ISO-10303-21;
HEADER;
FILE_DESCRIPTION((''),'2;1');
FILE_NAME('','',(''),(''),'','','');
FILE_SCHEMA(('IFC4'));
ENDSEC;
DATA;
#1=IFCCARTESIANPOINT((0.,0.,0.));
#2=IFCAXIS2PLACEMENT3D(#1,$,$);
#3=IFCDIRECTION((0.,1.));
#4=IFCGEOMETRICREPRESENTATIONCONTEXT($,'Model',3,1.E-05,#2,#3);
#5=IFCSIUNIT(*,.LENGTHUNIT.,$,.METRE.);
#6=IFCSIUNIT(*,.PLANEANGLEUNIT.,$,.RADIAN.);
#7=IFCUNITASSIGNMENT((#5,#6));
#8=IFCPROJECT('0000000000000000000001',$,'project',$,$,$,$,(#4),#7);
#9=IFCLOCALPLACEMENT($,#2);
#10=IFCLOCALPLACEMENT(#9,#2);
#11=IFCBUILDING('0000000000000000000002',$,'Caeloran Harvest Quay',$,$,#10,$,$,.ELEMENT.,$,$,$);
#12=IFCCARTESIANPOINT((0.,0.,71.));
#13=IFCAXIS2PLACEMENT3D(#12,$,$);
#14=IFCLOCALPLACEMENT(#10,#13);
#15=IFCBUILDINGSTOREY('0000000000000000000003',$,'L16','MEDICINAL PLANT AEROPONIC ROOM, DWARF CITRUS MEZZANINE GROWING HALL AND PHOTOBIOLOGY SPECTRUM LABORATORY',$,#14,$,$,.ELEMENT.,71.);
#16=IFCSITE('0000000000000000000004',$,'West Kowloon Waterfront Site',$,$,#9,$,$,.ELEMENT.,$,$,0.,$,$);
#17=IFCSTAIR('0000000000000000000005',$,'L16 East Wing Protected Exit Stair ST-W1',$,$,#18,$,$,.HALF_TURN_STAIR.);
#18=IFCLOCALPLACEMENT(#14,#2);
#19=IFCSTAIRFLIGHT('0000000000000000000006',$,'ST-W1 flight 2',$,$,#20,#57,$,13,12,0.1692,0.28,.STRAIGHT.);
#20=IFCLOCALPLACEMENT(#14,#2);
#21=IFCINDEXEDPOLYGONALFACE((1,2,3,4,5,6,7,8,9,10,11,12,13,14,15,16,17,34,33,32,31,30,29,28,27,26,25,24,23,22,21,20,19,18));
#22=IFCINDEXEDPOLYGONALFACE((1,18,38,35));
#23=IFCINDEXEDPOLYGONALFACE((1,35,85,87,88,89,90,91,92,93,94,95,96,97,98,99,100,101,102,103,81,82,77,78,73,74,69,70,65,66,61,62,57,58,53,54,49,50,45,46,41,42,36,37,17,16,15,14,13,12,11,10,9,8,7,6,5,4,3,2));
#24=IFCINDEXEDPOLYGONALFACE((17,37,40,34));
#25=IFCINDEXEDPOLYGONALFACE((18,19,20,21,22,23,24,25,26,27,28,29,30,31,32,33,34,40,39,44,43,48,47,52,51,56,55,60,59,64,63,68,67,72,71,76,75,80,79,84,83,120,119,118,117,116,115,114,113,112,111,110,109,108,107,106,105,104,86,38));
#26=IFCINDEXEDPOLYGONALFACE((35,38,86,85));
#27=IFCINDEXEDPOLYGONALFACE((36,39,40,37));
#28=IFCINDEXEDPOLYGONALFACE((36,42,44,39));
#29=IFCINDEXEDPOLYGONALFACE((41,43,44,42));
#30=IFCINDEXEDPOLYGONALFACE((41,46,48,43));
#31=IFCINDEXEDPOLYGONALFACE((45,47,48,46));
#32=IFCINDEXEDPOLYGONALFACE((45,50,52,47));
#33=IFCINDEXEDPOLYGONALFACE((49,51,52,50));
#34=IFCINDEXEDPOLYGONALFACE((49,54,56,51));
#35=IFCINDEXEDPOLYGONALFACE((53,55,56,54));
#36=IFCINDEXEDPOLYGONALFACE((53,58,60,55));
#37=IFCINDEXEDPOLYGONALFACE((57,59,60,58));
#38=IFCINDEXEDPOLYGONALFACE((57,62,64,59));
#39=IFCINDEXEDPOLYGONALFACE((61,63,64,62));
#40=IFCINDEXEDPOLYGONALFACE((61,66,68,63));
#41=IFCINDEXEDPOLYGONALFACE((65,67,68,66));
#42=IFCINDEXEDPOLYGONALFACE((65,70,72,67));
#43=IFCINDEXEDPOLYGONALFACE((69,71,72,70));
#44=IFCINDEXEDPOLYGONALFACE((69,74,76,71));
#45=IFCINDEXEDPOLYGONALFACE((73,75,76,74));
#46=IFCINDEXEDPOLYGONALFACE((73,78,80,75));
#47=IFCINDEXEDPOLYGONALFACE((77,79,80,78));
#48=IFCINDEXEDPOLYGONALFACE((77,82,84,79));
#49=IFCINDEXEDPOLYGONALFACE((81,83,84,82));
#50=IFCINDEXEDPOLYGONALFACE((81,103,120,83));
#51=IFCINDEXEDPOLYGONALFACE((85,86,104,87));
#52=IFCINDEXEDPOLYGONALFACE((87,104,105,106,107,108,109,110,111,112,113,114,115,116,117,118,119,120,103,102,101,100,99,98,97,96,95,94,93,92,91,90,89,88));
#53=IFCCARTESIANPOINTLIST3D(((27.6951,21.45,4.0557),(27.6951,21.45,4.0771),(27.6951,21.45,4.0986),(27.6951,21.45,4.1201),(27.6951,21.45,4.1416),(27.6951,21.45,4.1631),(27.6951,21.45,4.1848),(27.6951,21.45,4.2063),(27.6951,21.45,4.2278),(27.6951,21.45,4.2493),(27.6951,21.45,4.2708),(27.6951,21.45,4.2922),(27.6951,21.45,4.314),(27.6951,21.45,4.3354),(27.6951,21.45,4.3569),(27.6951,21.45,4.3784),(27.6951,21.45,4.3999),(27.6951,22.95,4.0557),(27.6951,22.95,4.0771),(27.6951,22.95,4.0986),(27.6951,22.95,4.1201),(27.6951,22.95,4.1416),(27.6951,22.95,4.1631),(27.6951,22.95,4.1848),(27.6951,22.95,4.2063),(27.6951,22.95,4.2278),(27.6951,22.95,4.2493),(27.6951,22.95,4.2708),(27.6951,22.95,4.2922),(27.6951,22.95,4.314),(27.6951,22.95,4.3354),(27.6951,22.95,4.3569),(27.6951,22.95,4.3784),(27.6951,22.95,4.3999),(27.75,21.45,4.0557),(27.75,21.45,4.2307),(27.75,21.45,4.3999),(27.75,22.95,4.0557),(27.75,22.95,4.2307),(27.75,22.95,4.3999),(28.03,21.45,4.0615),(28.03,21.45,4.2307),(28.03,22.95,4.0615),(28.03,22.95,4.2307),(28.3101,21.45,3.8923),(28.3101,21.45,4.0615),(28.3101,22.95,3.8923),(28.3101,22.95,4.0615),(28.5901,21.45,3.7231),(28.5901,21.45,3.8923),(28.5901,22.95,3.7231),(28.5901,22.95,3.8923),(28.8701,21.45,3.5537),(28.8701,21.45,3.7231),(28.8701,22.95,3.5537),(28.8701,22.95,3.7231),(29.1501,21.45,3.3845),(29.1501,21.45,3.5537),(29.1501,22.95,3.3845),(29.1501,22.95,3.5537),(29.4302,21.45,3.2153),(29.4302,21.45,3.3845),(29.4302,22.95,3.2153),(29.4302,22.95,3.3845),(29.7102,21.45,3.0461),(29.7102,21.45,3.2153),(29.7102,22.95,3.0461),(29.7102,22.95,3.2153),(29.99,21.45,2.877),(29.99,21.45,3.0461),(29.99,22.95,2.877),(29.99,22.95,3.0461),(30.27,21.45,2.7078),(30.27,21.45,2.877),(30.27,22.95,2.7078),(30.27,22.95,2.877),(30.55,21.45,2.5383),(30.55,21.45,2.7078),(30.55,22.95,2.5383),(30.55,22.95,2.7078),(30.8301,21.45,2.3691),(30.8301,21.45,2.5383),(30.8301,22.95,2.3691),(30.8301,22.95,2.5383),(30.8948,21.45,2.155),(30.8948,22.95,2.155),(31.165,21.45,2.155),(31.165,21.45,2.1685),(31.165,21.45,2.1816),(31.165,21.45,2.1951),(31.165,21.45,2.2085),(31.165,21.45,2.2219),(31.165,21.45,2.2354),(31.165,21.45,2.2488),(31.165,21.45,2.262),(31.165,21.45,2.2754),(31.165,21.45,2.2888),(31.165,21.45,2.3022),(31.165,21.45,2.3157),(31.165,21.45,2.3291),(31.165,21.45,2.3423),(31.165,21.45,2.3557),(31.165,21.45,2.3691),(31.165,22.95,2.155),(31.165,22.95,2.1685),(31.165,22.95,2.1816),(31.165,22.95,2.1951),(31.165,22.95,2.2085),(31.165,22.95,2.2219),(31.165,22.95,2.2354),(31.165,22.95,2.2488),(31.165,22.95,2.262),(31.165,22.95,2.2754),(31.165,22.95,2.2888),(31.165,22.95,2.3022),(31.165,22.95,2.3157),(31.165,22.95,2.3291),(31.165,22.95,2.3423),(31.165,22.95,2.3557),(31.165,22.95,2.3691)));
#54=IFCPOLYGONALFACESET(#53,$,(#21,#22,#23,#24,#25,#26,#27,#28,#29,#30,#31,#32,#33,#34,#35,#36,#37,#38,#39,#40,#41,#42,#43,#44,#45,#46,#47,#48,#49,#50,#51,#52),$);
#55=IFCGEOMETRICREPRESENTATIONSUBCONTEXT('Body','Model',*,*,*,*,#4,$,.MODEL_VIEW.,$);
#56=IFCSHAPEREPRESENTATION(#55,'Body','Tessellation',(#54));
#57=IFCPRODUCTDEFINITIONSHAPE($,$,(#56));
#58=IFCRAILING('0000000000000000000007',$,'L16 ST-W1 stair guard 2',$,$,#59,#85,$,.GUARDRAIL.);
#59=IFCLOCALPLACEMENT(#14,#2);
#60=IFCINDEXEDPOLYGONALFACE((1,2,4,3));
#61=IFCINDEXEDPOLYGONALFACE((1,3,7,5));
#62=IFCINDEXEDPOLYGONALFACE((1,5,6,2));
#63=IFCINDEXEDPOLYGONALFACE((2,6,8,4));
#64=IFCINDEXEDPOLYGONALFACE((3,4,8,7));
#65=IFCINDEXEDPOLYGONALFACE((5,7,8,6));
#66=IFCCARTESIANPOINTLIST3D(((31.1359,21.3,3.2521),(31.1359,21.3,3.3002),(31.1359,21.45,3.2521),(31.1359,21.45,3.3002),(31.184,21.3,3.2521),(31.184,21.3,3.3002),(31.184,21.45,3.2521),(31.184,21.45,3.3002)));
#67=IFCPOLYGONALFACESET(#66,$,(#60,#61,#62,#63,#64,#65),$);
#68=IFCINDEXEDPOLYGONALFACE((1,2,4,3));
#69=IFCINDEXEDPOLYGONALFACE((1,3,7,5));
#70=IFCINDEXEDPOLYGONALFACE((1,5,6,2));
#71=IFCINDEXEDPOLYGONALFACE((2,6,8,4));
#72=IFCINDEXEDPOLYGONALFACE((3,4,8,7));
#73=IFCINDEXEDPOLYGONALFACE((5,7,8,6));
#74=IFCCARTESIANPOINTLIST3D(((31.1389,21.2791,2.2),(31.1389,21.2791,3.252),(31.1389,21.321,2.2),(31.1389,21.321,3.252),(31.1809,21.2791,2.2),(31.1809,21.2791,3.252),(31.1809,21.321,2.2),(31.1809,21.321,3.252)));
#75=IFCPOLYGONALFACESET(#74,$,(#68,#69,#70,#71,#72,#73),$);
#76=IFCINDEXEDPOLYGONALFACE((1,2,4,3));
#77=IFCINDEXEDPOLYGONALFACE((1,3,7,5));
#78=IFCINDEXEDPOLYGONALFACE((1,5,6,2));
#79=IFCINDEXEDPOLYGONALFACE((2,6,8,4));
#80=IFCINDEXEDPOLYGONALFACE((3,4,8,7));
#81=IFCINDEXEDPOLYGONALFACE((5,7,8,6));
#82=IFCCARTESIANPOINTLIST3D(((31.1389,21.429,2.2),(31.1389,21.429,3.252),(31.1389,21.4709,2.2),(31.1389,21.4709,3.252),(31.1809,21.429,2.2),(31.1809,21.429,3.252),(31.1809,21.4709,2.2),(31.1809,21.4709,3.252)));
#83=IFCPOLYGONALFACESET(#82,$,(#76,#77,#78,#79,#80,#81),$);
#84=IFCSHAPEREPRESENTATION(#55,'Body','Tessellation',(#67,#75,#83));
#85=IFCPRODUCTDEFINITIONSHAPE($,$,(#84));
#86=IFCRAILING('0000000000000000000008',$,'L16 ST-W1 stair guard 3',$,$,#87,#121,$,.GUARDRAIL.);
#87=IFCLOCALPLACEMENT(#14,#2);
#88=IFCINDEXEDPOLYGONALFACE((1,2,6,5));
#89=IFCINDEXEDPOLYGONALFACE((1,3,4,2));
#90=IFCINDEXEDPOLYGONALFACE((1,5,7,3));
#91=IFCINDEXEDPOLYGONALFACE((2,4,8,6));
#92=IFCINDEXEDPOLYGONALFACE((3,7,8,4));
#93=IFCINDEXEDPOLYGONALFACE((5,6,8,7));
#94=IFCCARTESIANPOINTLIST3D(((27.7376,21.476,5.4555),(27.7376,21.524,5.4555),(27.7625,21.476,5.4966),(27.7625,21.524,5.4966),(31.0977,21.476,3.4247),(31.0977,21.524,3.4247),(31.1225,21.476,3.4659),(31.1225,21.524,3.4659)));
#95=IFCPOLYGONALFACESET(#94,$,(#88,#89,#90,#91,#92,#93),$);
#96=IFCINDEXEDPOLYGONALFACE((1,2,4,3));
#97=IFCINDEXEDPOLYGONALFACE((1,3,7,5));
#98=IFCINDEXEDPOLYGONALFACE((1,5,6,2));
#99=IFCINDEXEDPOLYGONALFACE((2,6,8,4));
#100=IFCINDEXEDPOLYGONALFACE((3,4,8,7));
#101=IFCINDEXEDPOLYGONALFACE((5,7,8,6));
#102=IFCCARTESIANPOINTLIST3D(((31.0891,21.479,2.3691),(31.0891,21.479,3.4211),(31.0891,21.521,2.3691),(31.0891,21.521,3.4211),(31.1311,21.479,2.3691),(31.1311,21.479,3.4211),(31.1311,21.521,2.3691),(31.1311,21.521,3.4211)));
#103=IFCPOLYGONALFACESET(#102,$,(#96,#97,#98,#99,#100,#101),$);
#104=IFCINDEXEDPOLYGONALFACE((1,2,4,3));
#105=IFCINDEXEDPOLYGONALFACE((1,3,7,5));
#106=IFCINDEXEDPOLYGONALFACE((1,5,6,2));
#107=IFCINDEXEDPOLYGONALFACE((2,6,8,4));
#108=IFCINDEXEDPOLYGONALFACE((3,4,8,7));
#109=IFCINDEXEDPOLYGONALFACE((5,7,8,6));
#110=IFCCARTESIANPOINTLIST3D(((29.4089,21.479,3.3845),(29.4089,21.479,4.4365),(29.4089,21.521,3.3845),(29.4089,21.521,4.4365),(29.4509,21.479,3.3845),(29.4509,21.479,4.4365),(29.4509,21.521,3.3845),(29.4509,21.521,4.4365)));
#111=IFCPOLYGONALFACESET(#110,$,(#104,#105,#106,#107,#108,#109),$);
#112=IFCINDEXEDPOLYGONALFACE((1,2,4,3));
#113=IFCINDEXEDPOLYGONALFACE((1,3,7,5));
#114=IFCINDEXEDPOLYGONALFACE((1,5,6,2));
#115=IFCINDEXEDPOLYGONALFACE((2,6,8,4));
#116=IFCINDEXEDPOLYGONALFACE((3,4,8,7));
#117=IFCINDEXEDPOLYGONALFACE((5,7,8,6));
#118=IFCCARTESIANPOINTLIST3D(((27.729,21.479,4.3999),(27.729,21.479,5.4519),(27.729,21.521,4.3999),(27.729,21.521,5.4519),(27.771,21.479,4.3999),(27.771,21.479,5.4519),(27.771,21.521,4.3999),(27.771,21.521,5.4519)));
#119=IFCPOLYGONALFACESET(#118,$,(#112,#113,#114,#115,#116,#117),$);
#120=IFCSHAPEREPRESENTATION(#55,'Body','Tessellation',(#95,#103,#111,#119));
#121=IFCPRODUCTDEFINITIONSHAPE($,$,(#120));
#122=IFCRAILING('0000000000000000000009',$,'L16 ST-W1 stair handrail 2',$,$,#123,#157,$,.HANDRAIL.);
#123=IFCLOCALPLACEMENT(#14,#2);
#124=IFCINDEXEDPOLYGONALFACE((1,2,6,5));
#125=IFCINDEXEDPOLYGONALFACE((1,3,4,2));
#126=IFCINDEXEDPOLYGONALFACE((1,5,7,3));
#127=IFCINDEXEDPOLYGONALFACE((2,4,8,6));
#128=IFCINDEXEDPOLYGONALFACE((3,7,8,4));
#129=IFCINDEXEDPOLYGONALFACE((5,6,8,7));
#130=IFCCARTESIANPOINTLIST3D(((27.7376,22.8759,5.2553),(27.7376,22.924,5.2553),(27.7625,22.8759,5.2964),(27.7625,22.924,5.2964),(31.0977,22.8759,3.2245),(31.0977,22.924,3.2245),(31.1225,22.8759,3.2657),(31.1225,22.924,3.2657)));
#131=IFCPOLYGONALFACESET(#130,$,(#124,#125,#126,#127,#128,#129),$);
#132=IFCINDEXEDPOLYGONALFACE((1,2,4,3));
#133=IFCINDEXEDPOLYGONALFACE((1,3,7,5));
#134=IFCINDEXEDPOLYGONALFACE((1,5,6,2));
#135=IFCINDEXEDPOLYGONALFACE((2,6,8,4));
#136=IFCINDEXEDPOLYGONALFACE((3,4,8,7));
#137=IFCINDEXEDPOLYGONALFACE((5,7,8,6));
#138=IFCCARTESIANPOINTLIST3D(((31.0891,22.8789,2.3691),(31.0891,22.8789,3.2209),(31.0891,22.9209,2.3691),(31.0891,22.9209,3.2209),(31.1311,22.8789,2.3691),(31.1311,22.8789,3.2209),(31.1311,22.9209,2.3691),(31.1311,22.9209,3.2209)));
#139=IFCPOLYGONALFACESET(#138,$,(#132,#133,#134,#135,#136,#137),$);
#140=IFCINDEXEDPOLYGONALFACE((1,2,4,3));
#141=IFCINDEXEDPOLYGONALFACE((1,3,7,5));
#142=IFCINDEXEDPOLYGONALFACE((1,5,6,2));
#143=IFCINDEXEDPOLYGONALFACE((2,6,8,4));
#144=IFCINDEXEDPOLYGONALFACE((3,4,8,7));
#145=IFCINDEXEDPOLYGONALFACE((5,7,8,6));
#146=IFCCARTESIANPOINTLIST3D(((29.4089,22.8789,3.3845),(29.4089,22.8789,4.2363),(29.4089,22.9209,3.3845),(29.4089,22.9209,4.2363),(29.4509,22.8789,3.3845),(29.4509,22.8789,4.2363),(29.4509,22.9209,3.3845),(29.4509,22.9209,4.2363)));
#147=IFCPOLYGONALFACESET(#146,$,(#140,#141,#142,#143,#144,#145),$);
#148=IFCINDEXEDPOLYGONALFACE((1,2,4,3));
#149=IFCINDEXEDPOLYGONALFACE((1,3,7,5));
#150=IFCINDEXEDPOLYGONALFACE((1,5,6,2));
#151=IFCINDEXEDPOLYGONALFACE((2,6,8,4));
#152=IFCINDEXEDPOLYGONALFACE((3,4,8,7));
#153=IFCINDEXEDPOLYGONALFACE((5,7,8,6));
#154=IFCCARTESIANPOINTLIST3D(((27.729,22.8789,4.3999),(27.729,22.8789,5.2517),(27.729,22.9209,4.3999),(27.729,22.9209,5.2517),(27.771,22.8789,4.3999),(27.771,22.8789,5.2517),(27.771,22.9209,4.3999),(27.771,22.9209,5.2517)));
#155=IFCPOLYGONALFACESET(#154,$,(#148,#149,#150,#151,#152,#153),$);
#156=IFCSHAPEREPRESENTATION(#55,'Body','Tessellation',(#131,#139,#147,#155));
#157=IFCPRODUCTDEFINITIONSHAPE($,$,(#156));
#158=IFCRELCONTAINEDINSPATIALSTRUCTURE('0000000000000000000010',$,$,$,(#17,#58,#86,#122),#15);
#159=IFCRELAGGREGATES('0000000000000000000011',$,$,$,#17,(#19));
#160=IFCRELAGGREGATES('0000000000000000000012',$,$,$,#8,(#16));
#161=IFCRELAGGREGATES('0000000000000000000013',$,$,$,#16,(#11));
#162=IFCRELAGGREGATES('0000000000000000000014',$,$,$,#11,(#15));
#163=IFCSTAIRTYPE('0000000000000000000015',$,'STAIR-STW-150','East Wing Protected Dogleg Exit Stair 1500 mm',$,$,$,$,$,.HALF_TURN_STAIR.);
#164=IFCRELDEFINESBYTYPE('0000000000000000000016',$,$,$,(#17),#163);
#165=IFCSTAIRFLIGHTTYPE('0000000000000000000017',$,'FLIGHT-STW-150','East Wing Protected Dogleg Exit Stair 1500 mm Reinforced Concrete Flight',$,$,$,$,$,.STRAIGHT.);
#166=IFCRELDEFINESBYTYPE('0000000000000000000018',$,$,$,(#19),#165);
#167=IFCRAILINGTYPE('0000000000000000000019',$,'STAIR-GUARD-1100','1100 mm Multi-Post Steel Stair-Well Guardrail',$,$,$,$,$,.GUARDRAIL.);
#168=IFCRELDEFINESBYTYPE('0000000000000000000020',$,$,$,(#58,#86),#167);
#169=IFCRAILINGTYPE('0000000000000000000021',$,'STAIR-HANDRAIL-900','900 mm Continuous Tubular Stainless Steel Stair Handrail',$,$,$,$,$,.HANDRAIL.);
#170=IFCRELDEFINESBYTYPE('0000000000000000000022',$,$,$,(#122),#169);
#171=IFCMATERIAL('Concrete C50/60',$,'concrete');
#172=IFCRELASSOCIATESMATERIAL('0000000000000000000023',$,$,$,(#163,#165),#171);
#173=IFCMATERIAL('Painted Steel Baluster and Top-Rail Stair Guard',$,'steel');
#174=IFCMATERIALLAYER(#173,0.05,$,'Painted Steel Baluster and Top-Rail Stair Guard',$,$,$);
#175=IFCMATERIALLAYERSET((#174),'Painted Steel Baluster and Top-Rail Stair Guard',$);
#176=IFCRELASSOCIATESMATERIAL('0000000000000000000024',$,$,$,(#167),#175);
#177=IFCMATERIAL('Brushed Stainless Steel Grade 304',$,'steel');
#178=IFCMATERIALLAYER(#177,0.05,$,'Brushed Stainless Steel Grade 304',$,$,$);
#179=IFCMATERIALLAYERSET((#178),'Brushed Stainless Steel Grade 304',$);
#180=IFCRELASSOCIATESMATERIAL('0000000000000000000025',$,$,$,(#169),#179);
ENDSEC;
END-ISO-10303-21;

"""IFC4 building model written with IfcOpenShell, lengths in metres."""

from ifc_helpers import new_model, si_unit, direction, frame, origin, origin_2d, place, context, subcontext, project, spatial, polyline, rectangle, outline, extrude, material, layer, layer_set, type_object, element, aggregate, save


model = new_model("IFC4")

# Units and contexts
model_context = context("Model", 3, precision=1e-05, world=origin(), true_north=direction((0.0, 1.0)))
body_context = subcontext(model_context, "Body", "Model", "MODEL_VIEW")
ifc_project = project(units=[si_unit("LENGTHUNIT", "METRE"), si_unit("PLANEANGLEUNIT", "RADIAN")], contexts=[model_context])

# Site, building, storey
site_placement = place(None, origin())
site = spatial("IfcSite", under=ifc_project, at=site_placement, Name="West Kowloon Waterfront Site", CompositionType="ELEMENT", RefElevation=0.0)
building_placement = place(site_placement, origin())
building = spatial("IfcBuilding", under=site, at=building_placement, Name="Caeloran Harvest Quay", CompositionType="ELEMENT")
storey_placement = place(building_placement, frame((0.0, 0.0, 71.0)))
storey = spatial("IfcBuildingStorey", under=building, at=storey_placement, Name="L16", Description="MEDICINAL PLANT AEROPONIC ROOM, DWARF CITRUS MEZZANINE GROWING HALL AND PHOTOBIOLOGY SPECTRUM LABORATORY", CompositionType="ELEMENT", Elevation=71.0)

# Stair, stair flight
ifc_material_1 = material(Name="Concrete C50/60", Category="concrete")
stair_type = type_object("IfcStairType", Name="STAIR-STW-150", Description="East Wing Protected Dogleg Exit Stair 1500 mm", PredefinedType="HALF_TURN_STAIR", material=ifc_material_1)
stair_placement = place(storey_placement, origin())
stair = element("IfcStair", 1, at=stair_placement, inside=storey, type_object=stair_type, Name="L16 East Wing Protected Exit Stair ST-W1", PredefinedType="HALF_TURN_STAIR")
stair_flight_type = type_object("IfcStairFlightType", Name="FLIGHT-STW-150", Description="East Wing Protected Dogleg Exit Stair 1500 mm Reinforced Concrete Flight", PredefinedType="STRAIGHT", material=ifc_material_1)
stair_flight_placement = place(storey_placement, frame((31.1101, 22.2, 2.2), z_axis=(0.0, 0.0, 1.0), x_axis=(-1.0, 0.0, 0.0)))
stair_flight = element("IfcStairFlight", 2, at=stair_flight_placement, type_object=stair_flight_type, Name="ST-W1 flight 2", NumberOfRisers=13, NumberOfTreads=12, PredefinedType="STRAIGHT", RiserHeight=0.1692, TreadLength=0.28, context=body_context, shape_type="SweptSolid", body=[
    extrude(outline(polyline([(-0.0549, -0.0449), (-0.0549, -0.0315), (-0.0549, -0.0183), (-0.0549, -0.0049), (-0.0549, 0.0085), (-0.0549, 0.022), (-0.0549, 0.0354), (-0.0549, 0.0488), (-0.0549, 0.062), (-0.0549, 0.0754), (-0.0549, 0.0889), (-0.0549, 0.1023), (-0.0549, 0.1157), (-0.0549, 0.1292), (-0.0549, 0.1423), (-0.0549, 0.1558), (-0.0549, 0.1692), (0.28, 0.1692), (0.28, 0.3384), (0.5601, 0.3384), (0.5601, 0.5078), (0.8401, 0.5078), (0.8401, 0.677), (1.1201, 0.677), (1.1201, 0.8462), (1.3999, 0.8462), (1.3999, 1.0154), (1.6799, 1.0154), (1.6799, 1.1846), (1.96, 1.1846), (1.96, 1.3538), (2.24, 1.3538), (2.24, 1.5232), (2.52, 1.5232), (2.52, 1.6924), (2.8, 1.6924), (2.8, 1.8616), (3.0801, 1.8616), (3.0801, 2.0308), (3.3601, 2.0308), (3.3601, 2.2), (3.415, 2.2), (3.415, 2.1785), (3.415, 2.157), (3.415, 2.1355), (3.415, 2.114), (3.415, 2.0923), (3.415, 2.0708), (3.415, 2.0493), (3.415, 2.0278), (3.415, 2.0063), (3.415, 1.9849), (3.415, 1.9631), (3.415, 1.9417), (3.415, 1.9202), (3.415, 1.8987), (3.415, 1.8772), (3.415, 1.8557), (3.3601, 1.8557), (0.2153, -0.0449), (-0.0549, -0.0449)])), frame((0.0, 0.75, 0.0), z_axis=(0.0, -1.0, 0.0), x_axis=(1.0, 0.0, 0.0)), (0.0, 0.0, 1.0), 1.5),
])
aggregate(stair, [stair_flight])

# Railings
ifc_material_2 = material(Name="Painted Steel Baluster and Top-Rail Stair Guard", Category="steel")
ifc_layer_1 = layer(ifc_material_2, 0.05, Name="Painted Steel Baluster and Top-Rail Stair Guard")
ifc_layer_set_1 = layer_set([ifc_layer_1], Name="Painted Steel Baluster and Top-Rail Stair Guard")
railing_type_1 = type_object("IfcRailingType", Name="STAIR-GUARD-1100", Description="1100 mm Multi-Post Steel Stair-Well Guardrail", PredefinedType="GUARDRAIL", material=ifc_layer_set_1)
railing_1_placement = place(storey_placement, frame((31.1599, 21.3, 2.2)))
element("IfcRailing", 3, at=railing_1_placement, inside=storey, type_object=railing_type_1, Name="L16 ST-W1 stair guard 2", PredefinedType="GUARDRAIL", context=body_context, shape_type="SweptSolid", body=[
    extrude(rectangle(XDim=0.0481, YDim=0.0481, at=origin_2d()), frame((0.0, 0.0, 1.0762), z_axis=(0.0, 1.0, 0.0), x_axis=(-1.0, 0.0, 0.0)), (0.0, 0.0, 1.0), 0.1499),
    extrude(rectangle(XDim=0.042, YDim=0.042, at=origin_2d()), origin(), (0.0, 0.0, 1.0), 1.052),
    extrude(rectangle(XDim=0.042, YDim=0.042, at=origin_2d()), frame((0.0, 0.1499, 0.0)), (0.0, 0.0, 1.0), 1.052),
])
railing_2_placement = place(storey_placement, frame((31.1101, 21.5, 2.3691)))
element("IfcRailing", 4, at=railing_2_placement, inside=storey, type_object=railing_type_1, Name="L16 ST-W1 stair guard 3", PredefinedType="GUARDRAIL", context=body_context, shape_type="SweptSolid", body=[
    extrude(rectangle(XDim=0.0481, YDim=0.0481, at=origin_2d()), frame((0.0, 0.0, 1.0762), z_axis=(-0.855837, 0.0, 0.517246), x_axis=(0.0, -1.0, 0.0)), (0.0, 0.0, 1.0), 3.926),
    extrude(rectangle(XDim=0.042, YDim=0.042, at=origin_2d()), origin(), (0.0, 0.0, 1.0), 1.052),
    extrude(rectangle(XDim=0.042, YDim=0.042, at=origin_2d()), frame((-1.6802, 0.0, 1.0154)), (0.0, 0.0, 1.0), 1.052),
    extrude(rectangle(XDim=0.042, YDim=0.042, at=origin_2d()), frame((-3.3601, 0.0, 2.0308)), (0.0, 0.0, 1.0), 1.052),
])
ifc_material_3 = material(Name="Brushed Stainless Steel Grade 304", Category="steel")
ifc_layer_2 = layer(ifc_material_3, 0.05, Name="Brushed Stainless Steel Grade 304")
ifc_layer_set_2 = layer_set([ifc_layer_2], Name="Brushed Stainless Steel Grade 304")
railing_type_2 = type_object("IfcRailingType", Name="STAIR-HANDRAIL-900", Description="900 mm Continuous Tubular Stainless Steel Stair Handrail", PredefinedType="HANDRAIL", material=ifc_layer_set_2)
railing_3_placement = place(storey_placement, frame((31.1101, 22.8999, 2.3691)))
element("IfcRailing", 5, at=railing_3_placement, inside=storey, type_object=railing_type_2, Name="L16 ST-W1 stair handrail 2", PredefinedType="HANDRAIL", context=body_context, shape_type="SweptSolid", body=[
    extrude(rectangle(XDim=0.0481, YDim=0.0481, at=origin_2d()), frame((0.0, 0.0, 0.876), z_axis=(-0.855837, 0.0, 0.517246), x_axis=(0.0, -1.0, 0.0)), (0.0, 0.0, 1.0), 3.926),
    extrude(rectangle(XDim=0.042, YDim=0.042, at=origin_2d()), origin(), (0.0, 0.0, 1.0), 0.8518),
    extrude(rectangle(XDim=0.042, YDim=0.042, at=origin_2d()), frame((-1.6802, 0.0, 1.0154)), (0.0, 0.0, 1.0), 0.8518),
    extrude(rectangle(XDim=0.042, YDim=0.042, at=origin_2d()), frame((-3.3601, 0.0, 2.0308)), (0.0, 0.0, 1.0), 0.8518),
])

save(model, "model.ifc")
